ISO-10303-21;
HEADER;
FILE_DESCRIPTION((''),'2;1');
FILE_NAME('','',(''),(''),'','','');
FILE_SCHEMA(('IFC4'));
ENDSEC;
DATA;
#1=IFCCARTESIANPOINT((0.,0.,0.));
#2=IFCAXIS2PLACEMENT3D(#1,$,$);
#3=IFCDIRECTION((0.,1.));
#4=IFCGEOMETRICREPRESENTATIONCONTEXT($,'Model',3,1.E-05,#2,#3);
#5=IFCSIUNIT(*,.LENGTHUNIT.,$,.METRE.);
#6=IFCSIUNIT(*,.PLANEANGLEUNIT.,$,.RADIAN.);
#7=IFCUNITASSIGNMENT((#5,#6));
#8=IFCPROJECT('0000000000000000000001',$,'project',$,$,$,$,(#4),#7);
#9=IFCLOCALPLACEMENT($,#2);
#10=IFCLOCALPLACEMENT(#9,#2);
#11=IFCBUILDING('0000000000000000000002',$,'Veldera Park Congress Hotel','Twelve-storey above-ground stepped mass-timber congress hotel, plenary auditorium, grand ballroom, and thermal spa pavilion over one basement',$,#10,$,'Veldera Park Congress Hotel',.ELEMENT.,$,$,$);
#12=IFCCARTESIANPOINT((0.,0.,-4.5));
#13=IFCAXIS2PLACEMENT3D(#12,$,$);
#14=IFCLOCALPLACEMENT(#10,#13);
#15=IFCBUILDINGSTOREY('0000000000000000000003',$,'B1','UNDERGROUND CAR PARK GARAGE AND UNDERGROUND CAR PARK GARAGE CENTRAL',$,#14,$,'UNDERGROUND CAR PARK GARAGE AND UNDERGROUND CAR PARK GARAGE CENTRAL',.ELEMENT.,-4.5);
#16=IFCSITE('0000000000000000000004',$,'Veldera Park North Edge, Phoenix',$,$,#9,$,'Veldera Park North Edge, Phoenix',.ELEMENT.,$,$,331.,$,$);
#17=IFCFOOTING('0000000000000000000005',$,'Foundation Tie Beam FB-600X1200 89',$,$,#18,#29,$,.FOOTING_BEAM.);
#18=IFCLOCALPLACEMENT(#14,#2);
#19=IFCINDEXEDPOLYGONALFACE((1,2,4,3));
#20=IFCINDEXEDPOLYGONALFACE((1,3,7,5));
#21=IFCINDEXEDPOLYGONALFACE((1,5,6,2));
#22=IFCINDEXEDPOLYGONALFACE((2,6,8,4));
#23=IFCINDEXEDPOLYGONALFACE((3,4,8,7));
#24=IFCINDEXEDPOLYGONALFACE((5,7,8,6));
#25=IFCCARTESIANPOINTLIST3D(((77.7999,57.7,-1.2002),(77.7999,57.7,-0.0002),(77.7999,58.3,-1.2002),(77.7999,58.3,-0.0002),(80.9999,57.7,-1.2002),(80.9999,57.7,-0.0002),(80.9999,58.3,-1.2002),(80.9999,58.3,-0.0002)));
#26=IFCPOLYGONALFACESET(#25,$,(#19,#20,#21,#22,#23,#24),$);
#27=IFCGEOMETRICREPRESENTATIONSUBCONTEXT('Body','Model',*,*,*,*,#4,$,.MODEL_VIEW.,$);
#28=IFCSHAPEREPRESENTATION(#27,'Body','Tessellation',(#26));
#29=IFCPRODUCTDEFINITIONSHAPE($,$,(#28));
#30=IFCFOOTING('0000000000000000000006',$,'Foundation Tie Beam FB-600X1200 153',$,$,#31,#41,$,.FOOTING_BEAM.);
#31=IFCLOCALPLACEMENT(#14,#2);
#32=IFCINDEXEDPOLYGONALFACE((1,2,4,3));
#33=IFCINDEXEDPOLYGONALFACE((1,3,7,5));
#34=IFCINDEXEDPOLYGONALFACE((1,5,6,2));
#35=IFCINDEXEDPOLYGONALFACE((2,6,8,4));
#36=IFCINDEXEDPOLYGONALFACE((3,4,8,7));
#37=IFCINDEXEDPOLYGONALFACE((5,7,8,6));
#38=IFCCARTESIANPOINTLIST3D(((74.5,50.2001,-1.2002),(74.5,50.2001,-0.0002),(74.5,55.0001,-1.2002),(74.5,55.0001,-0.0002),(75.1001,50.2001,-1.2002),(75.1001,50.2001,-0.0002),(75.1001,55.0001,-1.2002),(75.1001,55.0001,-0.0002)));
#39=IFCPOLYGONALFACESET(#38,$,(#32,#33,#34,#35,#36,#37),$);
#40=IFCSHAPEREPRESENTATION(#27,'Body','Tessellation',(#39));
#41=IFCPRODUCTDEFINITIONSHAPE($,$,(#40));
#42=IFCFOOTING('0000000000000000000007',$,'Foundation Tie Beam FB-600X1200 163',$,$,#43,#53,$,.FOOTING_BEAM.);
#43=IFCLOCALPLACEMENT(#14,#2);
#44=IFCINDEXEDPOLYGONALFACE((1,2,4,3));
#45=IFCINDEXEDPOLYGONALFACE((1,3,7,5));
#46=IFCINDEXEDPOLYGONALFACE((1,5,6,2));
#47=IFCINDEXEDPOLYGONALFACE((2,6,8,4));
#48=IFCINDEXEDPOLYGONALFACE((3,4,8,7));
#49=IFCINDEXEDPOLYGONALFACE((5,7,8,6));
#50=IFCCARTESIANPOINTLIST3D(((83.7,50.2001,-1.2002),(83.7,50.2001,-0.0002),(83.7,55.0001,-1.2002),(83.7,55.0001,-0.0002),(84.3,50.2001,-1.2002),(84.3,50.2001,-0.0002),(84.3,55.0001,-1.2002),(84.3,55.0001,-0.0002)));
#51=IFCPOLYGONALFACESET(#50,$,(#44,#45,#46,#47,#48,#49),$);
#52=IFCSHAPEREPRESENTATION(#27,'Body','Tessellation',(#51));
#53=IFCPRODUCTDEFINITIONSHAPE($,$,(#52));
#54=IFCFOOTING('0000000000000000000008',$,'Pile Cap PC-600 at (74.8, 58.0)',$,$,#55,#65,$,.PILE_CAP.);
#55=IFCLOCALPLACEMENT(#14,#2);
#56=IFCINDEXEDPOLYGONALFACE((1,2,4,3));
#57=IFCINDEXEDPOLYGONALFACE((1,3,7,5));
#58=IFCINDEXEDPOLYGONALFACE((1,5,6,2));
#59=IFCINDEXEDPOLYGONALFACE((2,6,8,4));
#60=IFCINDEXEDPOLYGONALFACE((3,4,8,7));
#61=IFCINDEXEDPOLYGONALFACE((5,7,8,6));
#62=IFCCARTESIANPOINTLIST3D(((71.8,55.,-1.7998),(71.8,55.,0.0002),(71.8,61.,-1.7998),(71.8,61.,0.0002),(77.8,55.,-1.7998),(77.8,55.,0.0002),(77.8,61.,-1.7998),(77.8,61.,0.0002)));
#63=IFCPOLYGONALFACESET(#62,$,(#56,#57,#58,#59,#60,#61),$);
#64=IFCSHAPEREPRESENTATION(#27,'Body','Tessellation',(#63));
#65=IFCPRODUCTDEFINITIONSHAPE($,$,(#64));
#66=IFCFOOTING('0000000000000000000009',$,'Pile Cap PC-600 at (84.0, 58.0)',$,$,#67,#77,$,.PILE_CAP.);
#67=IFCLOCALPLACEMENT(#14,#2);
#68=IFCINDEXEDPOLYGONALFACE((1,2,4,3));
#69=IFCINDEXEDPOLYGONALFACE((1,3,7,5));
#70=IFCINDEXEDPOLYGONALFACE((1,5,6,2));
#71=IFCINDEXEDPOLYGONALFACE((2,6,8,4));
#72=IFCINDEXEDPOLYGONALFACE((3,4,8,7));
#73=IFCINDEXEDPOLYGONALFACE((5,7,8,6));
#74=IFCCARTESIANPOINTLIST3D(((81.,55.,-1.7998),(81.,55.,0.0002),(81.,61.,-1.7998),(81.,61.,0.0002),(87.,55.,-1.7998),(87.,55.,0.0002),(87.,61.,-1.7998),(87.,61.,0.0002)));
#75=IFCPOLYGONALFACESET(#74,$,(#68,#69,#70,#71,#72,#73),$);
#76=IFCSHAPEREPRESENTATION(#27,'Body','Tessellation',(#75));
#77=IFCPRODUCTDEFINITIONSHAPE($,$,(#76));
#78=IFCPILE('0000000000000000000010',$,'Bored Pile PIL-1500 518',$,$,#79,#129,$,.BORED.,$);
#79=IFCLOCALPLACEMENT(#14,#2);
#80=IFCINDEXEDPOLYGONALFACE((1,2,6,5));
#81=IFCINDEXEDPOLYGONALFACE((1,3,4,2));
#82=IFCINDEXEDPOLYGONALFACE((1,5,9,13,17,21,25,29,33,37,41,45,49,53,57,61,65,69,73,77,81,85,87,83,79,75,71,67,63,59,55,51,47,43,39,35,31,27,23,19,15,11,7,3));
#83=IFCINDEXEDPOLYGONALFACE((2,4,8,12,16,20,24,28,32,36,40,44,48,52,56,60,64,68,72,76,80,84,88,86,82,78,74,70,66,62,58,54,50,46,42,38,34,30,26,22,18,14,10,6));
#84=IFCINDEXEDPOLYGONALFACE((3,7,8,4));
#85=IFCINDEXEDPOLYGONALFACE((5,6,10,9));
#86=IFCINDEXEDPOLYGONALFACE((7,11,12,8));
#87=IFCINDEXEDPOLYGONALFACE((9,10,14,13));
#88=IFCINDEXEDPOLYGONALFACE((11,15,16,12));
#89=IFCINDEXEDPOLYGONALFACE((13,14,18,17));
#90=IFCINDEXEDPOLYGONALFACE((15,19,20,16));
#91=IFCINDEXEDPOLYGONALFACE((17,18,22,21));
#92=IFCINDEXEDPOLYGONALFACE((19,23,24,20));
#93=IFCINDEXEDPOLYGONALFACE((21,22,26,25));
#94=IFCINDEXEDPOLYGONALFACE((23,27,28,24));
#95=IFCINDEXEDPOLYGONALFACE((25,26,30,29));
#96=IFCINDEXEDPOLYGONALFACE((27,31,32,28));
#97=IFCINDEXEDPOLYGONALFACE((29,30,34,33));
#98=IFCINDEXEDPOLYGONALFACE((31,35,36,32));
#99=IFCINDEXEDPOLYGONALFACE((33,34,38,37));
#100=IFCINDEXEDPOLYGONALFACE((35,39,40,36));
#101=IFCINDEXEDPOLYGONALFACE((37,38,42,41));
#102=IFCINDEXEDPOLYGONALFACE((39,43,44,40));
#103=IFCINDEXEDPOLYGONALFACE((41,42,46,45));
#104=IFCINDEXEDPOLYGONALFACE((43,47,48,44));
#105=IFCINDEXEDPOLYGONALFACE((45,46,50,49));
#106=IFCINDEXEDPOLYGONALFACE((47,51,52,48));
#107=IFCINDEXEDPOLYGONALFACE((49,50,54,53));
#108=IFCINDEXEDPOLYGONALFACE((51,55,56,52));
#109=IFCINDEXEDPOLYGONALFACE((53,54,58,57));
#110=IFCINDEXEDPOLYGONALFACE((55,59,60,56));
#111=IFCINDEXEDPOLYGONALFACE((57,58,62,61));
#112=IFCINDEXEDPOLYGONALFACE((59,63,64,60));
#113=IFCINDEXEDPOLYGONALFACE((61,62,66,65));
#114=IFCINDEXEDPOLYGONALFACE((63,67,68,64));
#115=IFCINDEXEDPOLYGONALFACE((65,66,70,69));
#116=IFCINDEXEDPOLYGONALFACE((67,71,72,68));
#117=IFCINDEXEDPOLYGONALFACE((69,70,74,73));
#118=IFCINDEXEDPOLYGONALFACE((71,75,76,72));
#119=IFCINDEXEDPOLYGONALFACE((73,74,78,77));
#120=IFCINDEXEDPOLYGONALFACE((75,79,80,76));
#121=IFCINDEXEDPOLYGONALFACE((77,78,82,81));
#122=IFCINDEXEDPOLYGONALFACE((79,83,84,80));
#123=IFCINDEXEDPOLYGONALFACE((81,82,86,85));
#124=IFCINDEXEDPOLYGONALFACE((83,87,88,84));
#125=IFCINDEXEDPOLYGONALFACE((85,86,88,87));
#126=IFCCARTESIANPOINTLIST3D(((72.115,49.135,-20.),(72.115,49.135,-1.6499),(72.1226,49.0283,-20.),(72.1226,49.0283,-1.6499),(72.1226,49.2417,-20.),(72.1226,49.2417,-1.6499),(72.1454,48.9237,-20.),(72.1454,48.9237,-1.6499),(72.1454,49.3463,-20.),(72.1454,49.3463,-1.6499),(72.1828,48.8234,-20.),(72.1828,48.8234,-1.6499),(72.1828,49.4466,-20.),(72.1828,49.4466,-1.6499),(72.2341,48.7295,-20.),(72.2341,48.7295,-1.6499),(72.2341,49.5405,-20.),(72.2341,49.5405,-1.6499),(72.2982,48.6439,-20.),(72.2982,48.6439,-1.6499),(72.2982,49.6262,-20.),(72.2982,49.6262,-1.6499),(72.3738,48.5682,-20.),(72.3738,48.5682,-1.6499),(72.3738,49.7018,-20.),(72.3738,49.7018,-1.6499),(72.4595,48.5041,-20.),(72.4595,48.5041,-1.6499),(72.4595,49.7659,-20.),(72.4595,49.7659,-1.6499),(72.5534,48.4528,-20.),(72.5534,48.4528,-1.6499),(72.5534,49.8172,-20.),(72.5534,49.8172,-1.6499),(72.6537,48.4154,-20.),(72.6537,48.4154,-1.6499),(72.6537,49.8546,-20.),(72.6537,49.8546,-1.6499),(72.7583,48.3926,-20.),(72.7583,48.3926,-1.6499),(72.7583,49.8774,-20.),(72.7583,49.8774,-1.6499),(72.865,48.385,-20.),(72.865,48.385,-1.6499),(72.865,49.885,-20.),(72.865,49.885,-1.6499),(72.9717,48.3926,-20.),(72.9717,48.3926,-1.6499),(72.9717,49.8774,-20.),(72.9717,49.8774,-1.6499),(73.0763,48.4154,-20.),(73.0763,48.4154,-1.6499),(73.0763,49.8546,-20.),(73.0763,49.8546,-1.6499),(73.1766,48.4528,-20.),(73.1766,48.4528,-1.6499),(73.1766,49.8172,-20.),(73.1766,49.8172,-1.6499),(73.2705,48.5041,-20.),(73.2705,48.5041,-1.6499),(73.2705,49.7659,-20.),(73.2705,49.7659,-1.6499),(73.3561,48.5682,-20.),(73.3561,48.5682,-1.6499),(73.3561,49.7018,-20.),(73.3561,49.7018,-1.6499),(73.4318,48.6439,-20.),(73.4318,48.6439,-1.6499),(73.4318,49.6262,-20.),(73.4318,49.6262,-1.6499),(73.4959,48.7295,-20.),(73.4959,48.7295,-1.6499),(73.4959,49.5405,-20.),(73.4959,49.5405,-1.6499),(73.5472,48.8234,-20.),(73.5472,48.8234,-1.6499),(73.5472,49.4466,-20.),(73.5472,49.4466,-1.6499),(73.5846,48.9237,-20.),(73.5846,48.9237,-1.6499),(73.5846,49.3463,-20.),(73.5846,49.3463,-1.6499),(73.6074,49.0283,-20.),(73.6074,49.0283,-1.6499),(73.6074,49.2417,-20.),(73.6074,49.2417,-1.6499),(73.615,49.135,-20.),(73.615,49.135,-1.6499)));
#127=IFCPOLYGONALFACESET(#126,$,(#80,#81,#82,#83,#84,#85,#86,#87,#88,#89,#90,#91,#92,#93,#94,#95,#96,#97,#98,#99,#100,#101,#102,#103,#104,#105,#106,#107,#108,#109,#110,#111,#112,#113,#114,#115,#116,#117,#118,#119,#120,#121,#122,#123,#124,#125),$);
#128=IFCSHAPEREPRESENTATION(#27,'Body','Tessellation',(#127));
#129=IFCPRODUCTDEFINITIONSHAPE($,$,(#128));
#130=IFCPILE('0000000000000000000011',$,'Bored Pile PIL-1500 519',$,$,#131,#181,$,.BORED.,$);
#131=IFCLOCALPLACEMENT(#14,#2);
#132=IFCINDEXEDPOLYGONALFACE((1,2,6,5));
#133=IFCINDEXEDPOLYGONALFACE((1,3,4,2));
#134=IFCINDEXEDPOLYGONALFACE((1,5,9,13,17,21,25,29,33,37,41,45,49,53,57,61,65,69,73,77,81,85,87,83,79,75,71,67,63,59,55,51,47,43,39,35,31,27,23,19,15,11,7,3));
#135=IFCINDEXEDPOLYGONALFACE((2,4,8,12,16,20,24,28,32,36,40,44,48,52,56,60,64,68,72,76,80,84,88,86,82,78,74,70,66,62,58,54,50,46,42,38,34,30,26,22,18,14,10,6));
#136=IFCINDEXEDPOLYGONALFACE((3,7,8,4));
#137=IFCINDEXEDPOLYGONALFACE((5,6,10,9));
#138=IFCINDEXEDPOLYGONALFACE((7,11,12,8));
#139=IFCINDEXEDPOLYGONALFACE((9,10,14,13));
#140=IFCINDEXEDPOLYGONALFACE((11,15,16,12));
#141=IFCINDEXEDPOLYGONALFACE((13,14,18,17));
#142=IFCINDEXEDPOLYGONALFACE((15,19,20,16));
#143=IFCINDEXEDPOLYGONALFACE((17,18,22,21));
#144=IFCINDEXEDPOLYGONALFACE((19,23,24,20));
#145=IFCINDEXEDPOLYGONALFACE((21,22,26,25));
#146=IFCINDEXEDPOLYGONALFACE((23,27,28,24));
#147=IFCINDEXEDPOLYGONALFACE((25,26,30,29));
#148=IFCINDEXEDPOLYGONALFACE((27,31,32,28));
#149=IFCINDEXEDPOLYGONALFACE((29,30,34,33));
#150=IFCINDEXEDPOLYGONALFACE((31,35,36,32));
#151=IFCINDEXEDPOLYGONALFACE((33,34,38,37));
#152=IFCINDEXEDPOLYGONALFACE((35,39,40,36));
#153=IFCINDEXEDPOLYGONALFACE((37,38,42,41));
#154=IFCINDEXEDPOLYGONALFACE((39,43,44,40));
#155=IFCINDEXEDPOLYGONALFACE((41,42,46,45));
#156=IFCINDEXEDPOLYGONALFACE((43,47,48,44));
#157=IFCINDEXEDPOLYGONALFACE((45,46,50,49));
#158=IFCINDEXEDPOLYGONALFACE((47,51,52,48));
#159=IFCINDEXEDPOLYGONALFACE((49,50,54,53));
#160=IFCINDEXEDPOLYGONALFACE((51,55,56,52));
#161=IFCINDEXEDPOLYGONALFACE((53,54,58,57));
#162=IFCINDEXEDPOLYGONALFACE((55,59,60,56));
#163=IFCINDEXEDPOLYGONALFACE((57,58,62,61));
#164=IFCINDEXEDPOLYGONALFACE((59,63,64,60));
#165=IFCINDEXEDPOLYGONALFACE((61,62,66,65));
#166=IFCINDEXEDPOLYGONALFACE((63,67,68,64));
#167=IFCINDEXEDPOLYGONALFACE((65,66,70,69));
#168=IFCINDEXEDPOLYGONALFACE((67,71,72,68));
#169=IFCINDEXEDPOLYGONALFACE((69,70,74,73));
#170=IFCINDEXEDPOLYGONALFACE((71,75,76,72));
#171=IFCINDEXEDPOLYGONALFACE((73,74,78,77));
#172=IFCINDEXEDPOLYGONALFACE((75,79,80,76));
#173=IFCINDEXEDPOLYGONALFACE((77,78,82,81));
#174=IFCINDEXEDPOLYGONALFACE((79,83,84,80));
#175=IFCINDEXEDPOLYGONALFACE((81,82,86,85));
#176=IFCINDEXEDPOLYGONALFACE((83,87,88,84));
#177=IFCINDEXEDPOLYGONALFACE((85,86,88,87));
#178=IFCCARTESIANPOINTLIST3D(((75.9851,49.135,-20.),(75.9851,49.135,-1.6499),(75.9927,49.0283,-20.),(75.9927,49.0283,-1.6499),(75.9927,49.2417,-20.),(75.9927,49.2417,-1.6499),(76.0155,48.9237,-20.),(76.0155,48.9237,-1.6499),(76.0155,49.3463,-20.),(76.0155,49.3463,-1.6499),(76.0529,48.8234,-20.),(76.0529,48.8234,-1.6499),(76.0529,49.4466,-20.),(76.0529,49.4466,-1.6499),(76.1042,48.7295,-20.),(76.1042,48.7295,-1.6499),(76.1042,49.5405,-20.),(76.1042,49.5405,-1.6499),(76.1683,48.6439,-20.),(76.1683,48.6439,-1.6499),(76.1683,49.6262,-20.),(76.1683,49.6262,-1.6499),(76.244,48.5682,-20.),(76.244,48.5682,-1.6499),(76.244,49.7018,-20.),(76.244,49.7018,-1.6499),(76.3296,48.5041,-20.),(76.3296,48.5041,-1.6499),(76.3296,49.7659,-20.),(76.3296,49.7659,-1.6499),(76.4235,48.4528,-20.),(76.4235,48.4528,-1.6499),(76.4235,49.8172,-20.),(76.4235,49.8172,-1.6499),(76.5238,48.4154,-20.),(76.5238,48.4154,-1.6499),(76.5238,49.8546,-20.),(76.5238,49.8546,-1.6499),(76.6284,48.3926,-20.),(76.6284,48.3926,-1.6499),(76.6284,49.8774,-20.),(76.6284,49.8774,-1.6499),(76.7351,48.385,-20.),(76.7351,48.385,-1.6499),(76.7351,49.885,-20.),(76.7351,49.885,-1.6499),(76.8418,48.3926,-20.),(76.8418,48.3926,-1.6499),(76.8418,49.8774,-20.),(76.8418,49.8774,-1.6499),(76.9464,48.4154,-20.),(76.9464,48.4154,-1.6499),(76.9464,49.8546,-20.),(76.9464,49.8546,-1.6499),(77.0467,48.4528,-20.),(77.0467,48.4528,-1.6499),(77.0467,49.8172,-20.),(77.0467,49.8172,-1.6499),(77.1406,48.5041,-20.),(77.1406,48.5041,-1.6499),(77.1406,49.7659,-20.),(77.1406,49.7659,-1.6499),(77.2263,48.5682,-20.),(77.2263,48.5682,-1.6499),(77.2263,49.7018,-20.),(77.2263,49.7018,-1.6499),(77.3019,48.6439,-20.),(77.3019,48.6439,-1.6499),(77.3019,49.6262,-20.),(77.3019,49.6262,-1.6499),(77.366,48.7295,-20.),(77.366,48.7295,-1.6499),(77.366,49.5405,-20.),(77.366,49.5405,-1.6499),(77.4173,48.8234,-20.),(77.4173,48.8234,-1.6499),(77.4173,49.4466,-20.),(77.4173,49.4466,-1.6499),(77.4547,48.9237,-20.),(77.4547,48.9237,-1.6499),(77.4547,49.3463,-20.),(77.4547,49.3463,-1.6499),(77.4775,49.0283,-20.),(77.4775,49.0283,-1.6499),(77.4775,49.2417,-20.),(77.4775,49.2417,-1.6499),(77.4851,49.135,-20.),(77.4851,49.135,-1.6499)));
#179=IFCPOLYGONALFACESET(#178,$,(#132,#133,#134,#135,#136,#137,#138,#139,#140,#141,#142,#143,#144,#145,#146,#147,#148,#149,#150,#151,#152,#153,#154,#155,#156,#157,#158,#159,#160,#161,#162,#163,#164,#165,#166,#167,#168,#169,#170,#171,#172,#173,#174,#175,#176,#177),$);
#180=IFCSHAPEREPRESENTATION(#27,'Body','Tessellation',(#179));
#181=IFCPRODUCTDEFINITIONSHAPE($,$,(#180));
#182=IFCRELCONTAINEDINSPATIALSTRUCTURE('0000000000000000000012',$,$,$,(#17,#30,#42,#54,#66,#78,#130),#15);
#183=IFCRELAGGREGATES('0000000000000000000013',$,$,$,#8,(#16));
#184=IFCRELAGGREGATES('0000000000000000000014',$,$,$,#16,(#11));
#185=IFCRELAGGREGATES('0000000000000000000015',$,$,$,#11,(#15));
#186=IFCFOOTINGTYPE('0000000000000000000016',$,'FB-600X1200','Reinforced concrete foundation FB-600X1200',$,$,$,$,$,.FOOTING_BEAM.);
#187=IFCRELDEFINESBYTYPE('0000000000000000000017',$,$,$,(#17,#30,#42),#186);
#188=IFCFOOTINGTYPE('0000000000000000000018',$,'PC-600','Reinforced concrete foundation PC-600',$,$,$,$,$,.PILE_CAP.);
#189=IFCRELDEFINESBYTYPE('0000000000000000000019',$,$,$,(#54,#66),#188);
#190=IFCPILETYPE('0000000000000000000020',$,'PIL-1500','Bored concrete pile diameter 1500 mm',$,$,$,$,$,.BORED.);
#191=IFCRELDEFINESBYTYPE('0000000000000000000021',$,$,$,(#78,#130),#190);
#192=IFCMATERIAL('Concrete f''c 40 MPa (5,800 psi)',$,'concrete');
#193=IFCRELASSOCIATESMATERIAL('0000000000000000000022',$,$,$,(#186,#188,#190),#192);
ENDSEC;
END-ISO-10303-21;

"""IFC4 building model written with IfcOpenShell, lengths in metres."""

from ifc_helpers import new_model, si_unit, direction, frame, origin, origin_2d, place, context, subcontext, project, spatial, rectangle, circle, extrude, material, material_profile, profile_set, type_object, element, save


model = new_model("IFC4")

# Units and contexts
model_context = context("Model", 3, precision=1e-05, world=origin(), true_north=direction((0.0, 1.0)))
body_context = subcontext(model_context, "Body", "Model", "MODEL_VIEW")
ifc_project = project(units=[si_unit("LENGTHUNIT", "METRE"), si_unit("PLANEANGLEUNIT", "RADIAN")], contexts=[model_context])

# Site, building, storey
site_placement = place(None, origin())
site = spatial("IfcSite", under=ifc_project, at=site_placement, Name="Veldera Park North Edge, Phoenix", LongName="Veldera Park North Edge, Phoenix", CompositionType="ELEMENT", RefElevation=331.0)
building_placement = place(site_placement, origin())
building = spatial("IfcBuilding", under=site, at=building_placement, Name="Veldera Park Congress Hotel", Description="Twelve-storey above-ground stepped mass-timber congress hotel, plenary auditorium, grand ballroom, and thermal spa pavilion over one basement", LongName="Veldera Park Congress Hotel", CompositionType="ELEMENT")
storey_placement = place(building_placement, frame((0.0, 0.0, -4.5)))
storey = spatial("IfcBuildingStorey", under=building, at=storey_placement, Name="B1", Description="UNDERGROUND CAR PARK GARAGE AND UNDERGROUND CAR PARK GARAGE CENTRAL", LongName="UNDERGROUND CAR PARK GARAGE AND UNDERGROUND CAR PARK GARAGE CENTRAL", CompositionType="ELEMENT", Elevation=-4.5)

# Footings
ifc_material_1 = material(Name="Concrete f'c 40 MPa (5,800 psi)", Category="concrete")
footing_type_1 = type_object("IfcFootingType", Name="FB-600X1200", Description="Reinforced concrete foundation FB-600X1200", PredefinedType="FOOTING_BEAM", material=ifc_material_1)
footing_placement = place(storey_placement, frame((79.3999, 58.0, -1.2002), z_axis=(0.0, 0.0, 1.0), x_axis=(1.0, 0.0, 0.0)))
element("IfcFooting", 1, at=footing_placement, inside=storey, type_object=footing_type_1, Name="Foundation Tie Beam FB-600X1200 89", PredefinedType="FOOTING_BEAM", context=body_context, shape_type="SweptSolid", body=[
    extrude(rectangle(XDim=3.2, YDim=0.6001, at=origin_2d()), origin(), (0.0, 0.0, 1.0), 1.2),
])
for number, where, z_axis, x_axis, name in (
    (2, (74.8, 52.6001, -1.2002), (0.0, 0.0, 1.0), (0.0, 1.0, 0.0), "Foundation Tie Beam FB-600X1200 153"),
    (3, (84.0, 52.6001, -1.2002), (0.0, 0.0, 1.0), (0.0, 1.0, 0.0), "Foundation Tie Beam FB-600X1200 163"),
):
    element("IfcFooting", number, at=place(storey_placement, frame(where, z_axis=z_axis, x_axis=x_axis)), inside=storey, type_object=footing_type_1, Name=name, PredefinedType="FOOTING_BEAM", context=body_context, shape_type="SweptSolid", body=[
        extrude(rectangle(XDim=4.8, YDim=0.6001, at=origin_2d()), origin(), (0.0, 0.0, 1.0), 1.2),
    ])
footing_type_2 = type_object("IfcFootingType", Name="PC-600", Description="Reinforced concrete foundation PC-600", PredefinedType="PILE_CAP", material=ifc_material_1)
for number, where, z_axis, x_axis, name in (
    (4, (74.8, 58.0, -1.7998), (0.0, 0.0, 1.0), (1.0, 0.0, 0.0), "Pile Cap PC-600 at (74.8, 58.0)"),
    (5, (84.0, 58.0, -1.7998), (0.0, 0.0, 1.0), (1.0, 0.0, 0.0), "Pile Cap PC-600 at (84.0, 58.0)"),
):
    element("IfcFooting", number, at=place(storey_placement, frame(where, z_axis=z_axis, x_axis=x_axis)), inside=storey, type_object=footing_type_2, Name=name, PredefinedType="PILE_CAP", context=body_context, shape_type="SweptSolid", body=[
        extrude(rectangle(XDim=6.0, YDim=6.0, at=origin_2d()), origin(), (0.0, 0.0, 1.0), 1.8),
    ])

# Piles
ifc_material_profile_1 = material_profile(ifc_material_1, circle(Radius=0.75, at=origin_2d()), Name="PILE D1500")
ifc_profile_set_1 = profile_set([ifc_material_profile_1], Name="Concrete f'c 40 MPa (5,800 psi)")
pile_type = type_object("IfcPileType", Name="PIL-1500", Description="Bored concrete pile diameter 1500 mm", PredefinedType="BORED", material=ifc_profile_set_1)
for number, where, z_axis, x_axis, name in (
    (6, (72.865, 49.135, -1.6499), (0.0, 0.0, -1.0), (1.0, 0.0, 0.0), "Bored Pile PIL-1500 518"),
    (7, (76.7351, 49.135, -1.6499), (0.0, 0.0, -1.0), (1.0, 0.0, 0.0), "Bored Pile PIL-1500 519"),
):
    element("IfcPile", number, at=place(storey_placement, frame(where, z_axis=z_axis, x_axis=x_axis)), inside=storey, type_object=pile_type, Name=name, PredefinedType="BORED", context=body_context, shape_type="SweptSolid", body=[
        extrude(circle(Radius=0.75, at=origin_2d()), origin(), (0.0, 0.0, 1.0), 18.3501),
    ])

save(model, "model.ifc")
